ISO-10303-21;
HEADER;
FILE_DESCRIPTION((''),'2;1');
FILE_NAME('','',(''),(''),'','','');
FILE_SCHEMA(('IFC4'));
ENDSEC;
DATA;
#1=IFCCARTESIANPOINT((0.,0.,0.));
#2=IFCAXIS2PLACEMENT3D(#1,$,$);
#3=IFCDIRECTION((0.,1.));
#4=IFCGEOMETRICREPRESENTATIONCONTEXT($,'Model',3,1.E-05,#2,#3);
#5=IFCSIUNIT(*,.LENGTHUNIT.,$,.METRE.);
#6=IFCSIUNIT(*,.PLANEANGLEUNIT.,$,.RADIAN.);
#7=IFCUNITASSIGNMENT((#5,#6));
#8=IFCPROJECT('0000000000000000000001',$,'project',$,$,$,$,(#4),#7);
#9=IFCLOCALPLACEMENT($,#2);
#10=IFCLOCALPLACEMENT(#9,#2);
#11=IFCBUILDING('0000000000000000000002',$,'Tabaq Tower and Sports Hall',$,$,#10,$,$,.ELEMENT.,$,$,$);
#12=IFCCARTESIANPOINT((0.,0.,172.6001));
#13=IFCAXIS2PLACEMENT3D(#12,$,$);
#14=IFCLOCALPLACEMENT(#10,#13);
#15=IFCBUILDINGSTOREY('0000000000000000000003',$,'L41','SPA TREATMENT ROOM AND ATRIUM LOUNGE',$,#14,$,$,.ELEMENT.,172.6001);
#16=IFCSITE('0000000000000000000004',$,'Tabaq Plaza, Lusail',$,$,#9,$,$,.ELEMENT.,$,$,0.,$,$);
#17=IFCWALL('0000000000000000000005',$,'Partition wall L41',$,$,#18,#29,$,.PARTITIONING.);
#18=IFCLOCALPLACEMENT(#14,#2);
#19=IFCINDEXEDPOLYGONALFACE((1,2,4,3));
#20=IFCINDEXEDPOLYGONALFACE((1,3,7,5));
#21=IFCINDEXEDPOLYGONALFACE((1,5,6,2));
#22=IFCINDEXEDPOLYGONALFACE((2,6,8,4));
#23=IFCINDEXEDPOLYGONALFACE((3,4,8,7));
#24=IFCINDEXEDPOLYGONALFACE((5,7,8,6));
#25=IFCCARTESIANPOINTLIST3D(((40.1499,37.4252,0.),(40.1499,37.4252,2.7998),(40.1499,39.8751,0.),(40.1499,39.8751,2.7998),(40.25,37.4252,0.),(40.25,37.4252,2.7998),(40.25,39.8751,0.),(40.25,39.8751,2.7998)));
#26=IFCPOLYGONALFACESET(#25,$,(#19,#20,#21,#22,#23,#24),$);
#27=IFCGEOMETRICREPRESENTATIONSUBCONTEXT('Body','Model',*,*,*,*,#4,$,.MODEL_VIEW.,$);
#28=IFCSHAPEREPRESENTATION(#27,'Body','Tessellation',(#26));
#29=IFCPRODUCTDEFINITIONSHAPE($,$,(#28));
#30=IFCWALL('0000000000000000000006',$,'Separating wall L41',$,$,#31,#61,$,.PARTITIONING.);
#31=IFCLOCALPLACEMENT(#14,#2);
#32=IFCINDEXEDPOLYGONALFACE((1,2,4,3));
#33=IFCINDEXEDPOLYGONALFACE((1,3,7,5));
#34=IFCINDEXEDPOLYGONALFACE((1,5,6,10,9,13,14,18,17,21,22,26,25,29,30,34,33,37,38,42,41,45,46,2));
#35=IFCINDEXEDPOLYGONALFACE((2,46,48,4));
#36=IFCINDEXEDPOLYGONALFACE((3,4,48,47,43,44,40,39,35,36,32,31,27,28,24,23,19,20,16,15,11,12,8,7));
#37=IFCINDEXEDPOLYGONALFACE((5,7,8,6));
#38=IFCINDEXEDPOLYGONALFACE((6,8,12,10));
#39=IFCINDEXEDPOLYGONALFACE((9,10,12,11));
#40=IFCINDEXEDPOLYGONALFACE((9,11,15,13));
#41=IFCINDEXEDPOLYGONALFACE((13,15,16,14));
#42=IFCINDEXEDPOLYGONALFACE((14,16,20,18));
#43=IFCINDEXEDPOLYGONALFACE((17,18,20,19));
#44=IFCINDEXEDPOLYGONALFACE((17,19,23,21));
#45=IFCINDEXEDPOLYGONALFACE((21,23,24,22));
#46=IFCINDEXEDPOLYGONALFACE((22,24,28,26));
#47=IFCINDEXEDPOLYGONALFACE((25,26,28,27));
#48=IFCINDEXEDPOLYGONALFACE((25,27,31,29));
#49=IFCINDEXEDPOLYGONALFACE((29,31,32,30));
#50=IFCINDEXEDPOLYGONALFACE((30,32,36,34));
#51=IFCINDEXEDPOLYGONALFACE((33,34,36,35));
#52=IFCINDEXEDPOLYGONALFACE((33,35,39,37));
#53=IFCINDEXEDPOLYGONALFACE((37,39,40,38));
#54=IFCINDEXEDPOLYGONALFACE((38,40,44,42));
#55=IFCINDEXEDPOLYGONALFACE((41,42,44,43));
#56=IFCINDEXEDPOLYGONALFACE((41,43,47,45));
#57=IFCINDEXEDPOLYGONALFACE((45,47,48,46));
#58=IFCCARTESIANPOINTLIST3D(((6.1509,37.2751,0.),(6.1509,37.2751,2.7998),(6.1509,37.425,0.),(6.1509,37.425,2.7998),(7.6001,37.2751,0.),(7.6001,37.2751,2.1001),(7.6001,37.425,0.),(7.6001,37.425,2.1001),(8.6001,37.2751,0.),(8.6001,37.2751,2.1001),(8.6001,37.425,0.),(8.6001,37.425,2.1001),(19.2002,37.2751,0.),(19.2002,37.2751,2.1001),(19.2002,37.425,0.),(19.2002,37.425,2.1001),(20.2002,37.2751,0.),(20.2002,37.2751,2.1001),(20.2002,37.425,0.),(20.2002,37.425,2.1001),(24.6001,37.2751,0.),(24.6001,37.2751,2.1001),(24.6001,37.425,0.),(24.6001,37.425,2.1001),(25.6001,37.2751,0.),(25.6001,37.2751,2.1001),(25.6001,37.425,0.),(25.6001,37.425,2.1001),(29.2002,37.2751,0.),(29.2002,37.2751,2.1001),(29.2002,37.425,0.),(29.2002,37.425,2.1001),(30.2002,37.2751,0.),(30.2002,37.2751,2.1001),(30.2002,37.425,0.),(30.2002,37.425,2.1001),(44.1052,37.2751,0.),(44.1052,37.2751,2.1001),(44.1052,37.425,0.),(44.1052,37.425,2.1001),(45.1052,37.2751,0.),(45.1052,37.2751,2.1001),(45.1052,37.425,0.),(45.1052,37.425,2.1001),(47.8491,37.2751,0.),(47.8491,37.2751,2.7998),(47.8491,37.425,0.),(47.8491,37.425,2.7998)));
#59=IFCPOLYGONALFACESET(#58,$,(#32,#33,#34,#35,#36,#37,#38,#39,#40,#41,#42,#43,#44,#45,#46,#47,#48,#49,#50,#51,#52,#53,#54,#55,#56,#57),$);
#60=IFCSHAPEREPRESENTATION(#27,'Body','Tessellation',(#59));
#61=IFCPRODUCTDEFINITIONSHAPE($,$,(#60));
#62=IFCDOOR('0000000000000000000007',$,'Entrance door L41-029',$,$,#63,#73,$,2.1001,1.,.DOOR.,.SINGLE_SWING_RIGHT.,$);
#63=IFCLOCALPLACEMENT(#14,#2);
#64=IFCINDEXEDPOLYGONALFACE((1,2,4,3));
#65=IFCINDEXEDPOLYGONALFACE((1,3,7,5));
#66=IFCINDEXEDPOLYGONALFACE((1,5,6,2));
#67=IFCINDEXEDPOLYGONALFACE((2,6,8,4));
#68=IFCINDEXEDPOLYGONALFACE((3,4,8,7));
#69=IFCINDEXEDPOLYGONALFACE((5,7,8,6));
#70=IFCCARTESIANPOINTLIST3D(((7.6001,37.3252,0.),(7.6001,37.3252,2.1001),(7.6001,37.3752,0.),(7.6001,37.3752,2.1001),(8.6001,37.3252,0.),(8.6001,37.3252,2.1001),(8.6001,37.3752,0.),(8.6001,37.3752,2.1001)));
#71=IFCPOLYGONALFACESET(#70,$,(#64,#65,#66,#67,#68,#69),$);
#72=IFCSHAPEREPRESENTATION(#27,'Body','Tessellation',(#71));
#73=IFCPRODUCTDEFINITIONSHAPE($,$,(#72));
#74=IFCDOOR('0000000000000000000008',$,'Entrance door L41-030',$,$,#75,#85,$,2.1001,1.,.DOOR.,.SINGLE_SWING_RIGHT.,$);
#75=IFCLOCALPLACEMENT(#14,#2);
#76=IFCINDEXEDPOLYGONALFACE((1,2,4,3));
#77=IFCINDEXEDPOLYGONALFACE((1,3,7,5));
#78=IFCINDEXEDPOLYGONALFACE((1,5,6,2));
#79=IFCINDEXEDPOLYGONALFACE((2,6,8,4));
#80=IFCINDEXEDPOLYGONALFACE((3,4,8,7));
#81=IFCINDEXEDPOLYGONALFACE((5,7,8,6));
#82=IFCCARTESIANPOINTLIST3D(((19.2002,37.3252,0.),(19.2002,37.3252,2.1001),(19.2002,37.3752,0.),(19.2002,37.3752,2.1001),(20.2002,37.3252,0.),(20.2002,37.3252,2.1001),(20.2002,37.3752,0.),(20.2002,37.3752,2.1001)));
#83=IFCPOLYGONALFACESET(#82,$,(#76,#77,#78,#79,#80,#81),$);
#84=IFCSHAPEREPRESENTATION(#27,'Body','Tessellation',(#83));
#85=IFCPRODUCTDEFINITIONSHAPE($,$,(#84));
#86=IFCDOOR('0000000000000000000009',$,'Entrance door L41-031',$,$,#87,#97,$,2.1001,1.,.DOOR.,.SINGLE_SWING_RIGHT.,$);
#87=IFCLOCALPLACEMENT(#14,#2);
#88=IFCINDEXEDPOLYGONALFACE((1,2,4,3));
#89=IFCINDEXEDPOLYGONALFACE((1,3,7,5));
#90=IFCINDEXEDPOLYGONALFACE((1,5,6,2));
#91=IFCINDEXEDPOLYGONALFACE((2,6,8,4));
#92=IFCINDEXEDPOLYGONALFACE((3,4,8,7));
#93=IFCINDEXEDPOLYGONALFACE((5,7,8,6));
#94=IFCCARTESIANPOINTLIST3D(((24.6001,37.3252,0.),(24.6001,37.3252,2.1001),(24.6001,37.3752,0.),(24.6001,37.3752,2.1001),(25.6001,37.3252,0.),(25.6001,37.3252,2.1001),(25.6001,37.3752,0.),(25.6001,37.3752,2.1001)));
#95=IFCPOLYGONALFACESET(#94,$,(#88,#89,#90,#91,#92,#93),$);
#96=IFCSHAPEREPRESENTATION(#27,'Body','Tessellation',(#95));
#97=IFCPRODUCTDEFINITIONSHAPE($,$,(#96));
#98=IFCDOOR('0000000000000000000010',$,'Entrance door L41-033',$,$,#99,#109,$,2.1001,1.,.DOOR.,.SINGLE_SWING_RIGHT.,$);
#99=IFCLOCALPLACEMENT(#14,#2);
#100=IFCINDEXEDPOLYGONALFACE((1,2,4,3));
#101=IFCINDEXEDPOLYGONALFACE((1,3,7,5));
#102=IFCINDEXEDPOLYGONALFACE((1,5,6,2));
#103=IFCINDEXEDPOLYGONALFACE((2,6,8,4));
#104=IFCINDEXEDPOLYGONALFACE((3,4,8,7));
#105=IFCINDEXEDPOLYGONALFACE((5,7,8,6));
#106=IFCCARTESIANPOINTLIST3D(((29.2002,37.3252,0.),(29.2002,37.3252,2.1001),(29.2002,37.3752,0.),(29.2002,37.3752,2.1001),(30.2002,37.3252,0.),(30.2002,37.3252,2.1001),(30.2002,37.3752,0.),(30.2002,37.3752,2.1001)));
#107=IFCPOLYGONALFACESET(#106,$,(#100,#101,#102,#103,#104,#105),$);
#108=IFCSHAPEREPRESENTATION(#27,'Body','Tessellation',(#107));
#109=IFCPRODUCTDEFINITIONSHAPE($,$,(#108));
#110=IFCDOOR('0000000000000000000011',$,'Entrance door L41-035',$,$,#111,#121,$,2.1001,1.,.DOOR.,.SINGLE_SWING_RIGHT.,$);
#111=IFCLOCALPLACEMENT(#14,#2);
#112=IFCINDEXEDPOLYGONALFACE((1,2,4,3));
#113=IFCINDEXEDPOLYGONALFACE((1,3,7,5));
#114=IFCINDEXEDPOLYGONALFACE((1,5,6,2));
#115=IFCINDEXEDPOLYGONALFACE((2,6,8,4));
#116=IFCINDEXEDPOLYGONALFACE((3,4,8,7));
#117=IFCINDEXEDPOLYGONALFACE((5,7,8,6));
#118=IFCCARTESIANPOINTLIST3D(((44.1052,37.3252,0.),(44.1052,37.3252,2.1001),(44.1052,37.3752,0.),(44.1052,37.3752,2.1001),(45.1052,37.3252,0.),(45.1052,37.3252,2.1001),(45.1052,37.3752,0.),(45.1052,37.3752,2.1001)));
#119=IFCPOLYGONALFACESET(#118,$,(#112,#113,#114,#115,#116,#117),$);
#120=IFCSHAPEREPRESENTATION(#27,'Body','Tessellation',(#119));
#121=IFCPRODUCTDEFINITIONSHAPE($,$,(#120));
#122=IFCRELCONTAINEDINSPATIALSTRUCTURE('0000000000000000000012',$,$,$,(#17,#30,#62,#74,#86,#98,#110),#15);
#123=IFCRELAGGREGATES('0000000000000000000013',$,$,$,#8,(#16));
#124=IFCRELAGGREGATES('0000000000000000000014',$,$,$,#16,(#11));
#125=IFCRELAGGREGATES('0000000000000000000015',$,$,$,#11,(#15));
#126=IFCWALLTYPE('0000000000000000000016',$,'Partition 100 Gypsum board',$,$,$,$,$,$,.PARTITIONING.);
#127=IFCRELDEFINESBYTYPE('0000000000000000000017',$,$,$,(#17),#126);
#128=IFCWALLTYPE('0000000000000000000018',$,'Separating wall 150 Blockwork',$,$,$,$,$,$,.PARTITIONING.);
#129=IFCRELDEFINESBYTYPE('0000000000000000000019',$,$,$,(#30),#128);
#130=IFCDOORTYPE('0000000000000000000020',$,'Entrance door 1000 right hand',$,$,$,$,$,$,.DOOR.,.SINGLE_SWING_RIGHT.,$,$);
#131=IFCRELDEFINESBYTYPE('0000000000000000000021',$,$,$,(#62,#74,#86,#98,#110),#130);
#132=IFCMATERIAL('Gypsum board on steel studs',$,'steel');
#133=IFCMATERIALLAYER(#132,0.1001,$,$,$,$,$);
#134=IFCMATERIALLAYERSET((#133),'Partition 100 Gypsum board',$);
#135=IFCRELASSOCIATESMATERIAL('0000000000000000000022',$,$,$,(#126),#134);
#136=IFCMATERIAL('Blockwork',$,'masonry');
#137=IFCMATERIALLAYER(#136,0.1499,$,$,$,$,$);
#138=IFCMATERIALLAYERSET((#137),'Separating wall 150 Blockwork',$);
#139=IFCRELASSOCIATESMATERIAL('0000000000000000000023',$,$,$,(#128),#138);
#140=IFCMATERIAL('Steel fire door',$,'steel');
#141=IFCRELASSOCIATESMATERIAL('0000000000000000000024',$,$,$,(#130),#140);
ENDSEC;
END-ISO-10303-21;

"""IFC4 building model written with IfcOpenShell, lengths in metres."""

from ifc_helpers import new_model, si_unit, direction, frame, frame_2d, origin, place, context, subcontext, project, spatial, rectangle, extrude, material, layer, layer_set, type_object, element, fill, save


model = new_model("IFC4")

# Units and contexts
model_context = context("Model", 3, precision=1e-05, world=origin(), true_north=direction((0.0, 1.0)))
body_context = subcontext(model_context, "Body", "Model", "MODEL_VIEW")
ifc_project = project(units=[si_unit("LENGTHUNIT", "METRE"), si_unit("PLANEANGLEUNIT", "RADIAN")], contexts=[model_context])

# Site, building, storey
site_placement = place(None, origin())
site = spatial("IfcSite", under=ifc_project, at=site_placement, Name="Tabaq Plaza, Lusail", CompositionType="ELEMENT", RefElevation=0.0)
building_placement = place(site_placement, origin())
building = spatial("IfcBuilding", under=site, at=building_placement, Name="Tabaq Tower and Sports Hall", CompositionType="ELEMENT")
storey_placement = place(building_placement, frame((0.0, 0.0, 172.6001)))
storey = spatial("IfcBuildingStorey", under=building, at=storey_placement, Name="L41", Description="SPA TREATMENT ROOM AND ATRIUM LOUNGE", CompositionType="ELEMENT", Elevation=172.6001)

# Wall
ifc_material_1 = material(Name="Gypsum board on steel studs", Category="steel")
ifc_layer_1 = layer(ifc_material_1, 0.1001)
ifc_layer_set_1 = layer_set([ifc_layer_1], Name="Partition 100 Gypsum board")
wall_type_1 = type_object("IfcWallType", Name="Partition 100 Gypsum board", PredefinedType="PARTITIONING", material=ifc_layer_set_1)
wall_1_placement = place(storey_placement, frame((40.2, 37.425, 0.0), z_axis=(0.0, 0.0, 1.0), x_axis=(0.0, 1.0, 0.0)))
element("IfcWall", 1, at=wall_1_placement, inside=storey, type_object=wall_type_1, Name="Partition wall L41", PredefinedType="PARTITIONING", context=body_context, shape_type="SweptSolid", body=[
    extrude(rectangle(XDim=2.45, YDim=0.1001, at=frame_2d((1.2251, 0.0))), origin(), (0.0, 0.0, 1.0), 2.7998),
])

# Wall, openings, doors
ifc_material_2 = material(Name="Blockwork", Category="masonry")
ifc_layer_2 = layer(ifc_material_2, 0.1499)
ifc_layer_set_2 = layer_set([ifc_layer_2], Name="Separating wall 150 Blockwork")
wall_type_2 = type_object("IfcWallType", Name="Separating wall 150 Blockwork", PredefinedType="PARTITIONING", material=ifc_layer_set_2)
wall_2_placement = place(storey_placement, frame((47.8491, 37.3501, 0.0), z_axis=(0.0, 0.0, 1.0), x_axis=(-1.0, 0.0, 0.0)))
wall_2 = element("IfcWall", 2, at=wall_2_placement, inside=storey, type_object=wall_type_2, Name="Separating wall L41", PredefinedType="PARTITIONING", context=body_context, shape_type="SweptSolid", body=[
    extrude(rectangle(XDim=41.6982, YDim=0.1499, at=frame_2d((20.8491, 0.0))), origin(), (0.0, 0.0, 1.0), 2.7998),
])
opening_1_placement = place(wall_2_placement, frame((39.249, 0.0, 0.0)))
opening_1 = element("IfcOpeningElement", 3, at=opening_1_placement, cuts=wall_2, PredefinedType="OPENING", context=body_context, shape_type="SweptSolid", body=[
    extrude(rectangle(XDim=1.0, YDim=2.1001, at=frame_2d((0.5, 1.05))), frame((0.0, 0.075, 0.0), z_axis=(0.0, -1.0, 0.0), x_axis=(1.0, 0.0, 0.0)), (0.0, 0.0, 1.0), 0.1499),
])
opening_2_placement = place(wall_2_placement, frame((27.6489, 0.0, 0.0)))
opening_2 = element("IfcOpeningElement", 4, at=opening_2_placement, cuts=wall_2, PredefinedType="OPENING", context=body_context, shape_type="SweptSolid", body=[
    extrude(rectangle(XDim=1.0, YDim=2.1001, at=frame_2d((0.5, 1.05))), frame((0.0, 0.075, 0.0), z_axis=(0.0, -1.0, 0.0), x_axis=(1.0, 0.0, 0.0)), (0.0, 0.0, 1.0), 0.1499),
])
opening_3_placement = place(wall_2_placement, frame((22.249, 0.0, 0.0)))
opening_3 = element("IfcOpeningElement", 5, at=opening_3_placement, cuts=wall_2, PredefinedType="OPENING", context=body_context, shape_type="SweptSolid", body=[
    extrude(rectangle(XDim=1.0, YDim=2.1001, at=frame_2d((0.5, 1.05))), frame((0.0, 0.075, 0.0), z_axis=(0.0, -1.0, 0.0), x_axis=(1.0, 0.0, 0.0)), (0.0, 0.0, 1.0), 0.1499),
])
opening_4_placement = place(wall_2_placement, frame((17.6489, 0.0, 0.0)))
opening_4 = element("IfcOpeningElement", 6, at=opening_4_placement, cuts=wall_2, PredefinedType="OPENING", context=body_context, shape_type="SweptSolid", body=[
    extrude(rectangle(XDim=1.0, YDim=2.1001, at=frame_2d((0.5, 1.05))), frame((0.0, 0.075, 0.0), z_axis=(0.0, -1.0, 0.0), x_axis=(1.0, 0.0, 0.0)), (0.0, 0.0, 1.0), 0.1499),
])
opening_5_placement = place(wall_2_placement, frame((2.7439, 0.0, 0.0)))
opening_5 = element("IfcOpeningElement", 7, at=opening_5_placement, cuts=wall_2, PredefinedType="OPENING", context=body_context, shape_type="SweptSolid", body=[
    extrude(rectangle(XDim=1.0, YDim=2.1001, at=frame_2d((0.5, 1.05))), frame((0.0, 0.075, 0.0), z_axis=(0.0, -1.0, 0.0), x_axis=(1.0, 0.0, 0.0)), (0.0, 0.0, 1.0), 0.1499),
])
ifc_material_3 = material(Name="Steel fire door", Category="steel")
door_type_1 = type_object("IfcDoorType", Name="Entrance door 1000 right hand", OperationType="SINGLE_SWING_RIGHT", PredefinedType="DOOR", material=ifc_material_3)
door_1_placement = place(opening_1_placement, origin())
door_1 = element("IfcDoor", 8, at=door_1_placement, inside=storey, type_object=door_type_1, Name="Entrance door L41-029", OperationType="SINGLE_SWING_RIGHT", OverallHeight=2.1001, OverallWidth=1.0, PredefinedType="DOOR", context=body_context, shape_type="SweptSolid", body=[
    extrude(rectangle(XDim=1.0, YDim=2.1001, at=frame_2d((0.5, 1.05))), frame((0.0, 0.0249, 0.0), z_axis=(0.0, -1.0, 0.0), x_axis=(1.0, 0.0, 0.0)), (0.0, 0.0, 1.0), 0.05),
])
fill(opening_1, door_1)
door_2_placement = place(opening_2_placement, origin())
door_2 = element("IfcDoor", 9, at=door_2_placement, inside=storey, type_object=door_type_1, Name="Entrance door L41-030", OperationType="SINGLE_SWING_RIGHT", OverallHeight=2.1001, OverallWidth=1.0, PredefinedType="DOOR", context=body_context, shape_type="SweptSolid", body=[
    extrude(rectangle(XDim=1.0, YDim=2.1001, at=frame_2d((0.5, 1.05))), frame((0.0, 0.0249, 0.0), z_axis=(0.0, -1.0, 0.0), x_axis=(1.0, 0.0, 0.0)), (0.0, 0.0, 1.0), 0.05),
])
fill(opening_2, door_2)
door_3_placement = place(opening_3_placement, origin())
door_3 = element("IfcDoor", 10, at=door_3_placement, inside=storey, type_object=door_type_1, Name="Entrance door L41-031", OperationType="SINGLE_SWING_RIGHT", OverallHeight=2.1001, OverallWidth=1.0, PredefinedType="DOOR", context=body_context, shape_type="SweptSolid", body=[
    extrude(rectangle(XDim=1.0, YDim=2.1001, at=frame_2d((0.5, 1.05))), frame((0.0, 0.0249, 0.0), z_axis=(0.0, -1.0, 0.0), x_axis=(1.0, 0.0, 0.0)), (0.0, 0.0, 1.0), 0.05),
])
fill(opening_3, door_3)
door_4_placement = place(opening_4_placement, origin())
door_4 = element("IfcDoor", 11, at=door_4_placement, inside=storey, type_object=door_type_1, Name="Entrance door L41-033", OperationType="SINGLE_SWING_RIGHT", OverallHeight=2.1001, OverallWidth=1.0, PredefinedType="DOOR", context=body_context, shape_type="SweptSolid", body=[
    extrude(rectangle(XDim=1.0, YDim=2.1001, at=frame_2d((0.5, 1.05))), frame((0.0, 0.0249, 0.0), z_axis=(0.0, -1.0, 0.0), x_axis=(1.0, 0.0, 0.0)), (0.0, 0.0, 1.0), 0.05),
])
fill(opening_4, door_4)
door_5_placement = place(opening_5_placement, origin())
door_5 = element("IfcDoor", 12, at=door_5_placement, inside=storey, type_object=door_type_1, Name="Entrance door L41-035", OperationType="SINGLE_SWING_RIGHT", OverallHeight=2.1001, OverallWidth=1.0, PredefinedType="DOOR", context=body_context, shape_type="SweptSolid", body=[
    extrude(rectangle(XDim=1.0, YDim=2.1001, at=frame_2d((0.5, 1.05))), frame((0.0, 0.0249, 0.0), z_axis=(0.0, -1.0, 0.0), x_axis=(1.0, 0.0, 0.0)), (0.0, 0.0, 1.0), 0.05),
])
fill(opening_5, door_5)

save(model, "model.ifc")
